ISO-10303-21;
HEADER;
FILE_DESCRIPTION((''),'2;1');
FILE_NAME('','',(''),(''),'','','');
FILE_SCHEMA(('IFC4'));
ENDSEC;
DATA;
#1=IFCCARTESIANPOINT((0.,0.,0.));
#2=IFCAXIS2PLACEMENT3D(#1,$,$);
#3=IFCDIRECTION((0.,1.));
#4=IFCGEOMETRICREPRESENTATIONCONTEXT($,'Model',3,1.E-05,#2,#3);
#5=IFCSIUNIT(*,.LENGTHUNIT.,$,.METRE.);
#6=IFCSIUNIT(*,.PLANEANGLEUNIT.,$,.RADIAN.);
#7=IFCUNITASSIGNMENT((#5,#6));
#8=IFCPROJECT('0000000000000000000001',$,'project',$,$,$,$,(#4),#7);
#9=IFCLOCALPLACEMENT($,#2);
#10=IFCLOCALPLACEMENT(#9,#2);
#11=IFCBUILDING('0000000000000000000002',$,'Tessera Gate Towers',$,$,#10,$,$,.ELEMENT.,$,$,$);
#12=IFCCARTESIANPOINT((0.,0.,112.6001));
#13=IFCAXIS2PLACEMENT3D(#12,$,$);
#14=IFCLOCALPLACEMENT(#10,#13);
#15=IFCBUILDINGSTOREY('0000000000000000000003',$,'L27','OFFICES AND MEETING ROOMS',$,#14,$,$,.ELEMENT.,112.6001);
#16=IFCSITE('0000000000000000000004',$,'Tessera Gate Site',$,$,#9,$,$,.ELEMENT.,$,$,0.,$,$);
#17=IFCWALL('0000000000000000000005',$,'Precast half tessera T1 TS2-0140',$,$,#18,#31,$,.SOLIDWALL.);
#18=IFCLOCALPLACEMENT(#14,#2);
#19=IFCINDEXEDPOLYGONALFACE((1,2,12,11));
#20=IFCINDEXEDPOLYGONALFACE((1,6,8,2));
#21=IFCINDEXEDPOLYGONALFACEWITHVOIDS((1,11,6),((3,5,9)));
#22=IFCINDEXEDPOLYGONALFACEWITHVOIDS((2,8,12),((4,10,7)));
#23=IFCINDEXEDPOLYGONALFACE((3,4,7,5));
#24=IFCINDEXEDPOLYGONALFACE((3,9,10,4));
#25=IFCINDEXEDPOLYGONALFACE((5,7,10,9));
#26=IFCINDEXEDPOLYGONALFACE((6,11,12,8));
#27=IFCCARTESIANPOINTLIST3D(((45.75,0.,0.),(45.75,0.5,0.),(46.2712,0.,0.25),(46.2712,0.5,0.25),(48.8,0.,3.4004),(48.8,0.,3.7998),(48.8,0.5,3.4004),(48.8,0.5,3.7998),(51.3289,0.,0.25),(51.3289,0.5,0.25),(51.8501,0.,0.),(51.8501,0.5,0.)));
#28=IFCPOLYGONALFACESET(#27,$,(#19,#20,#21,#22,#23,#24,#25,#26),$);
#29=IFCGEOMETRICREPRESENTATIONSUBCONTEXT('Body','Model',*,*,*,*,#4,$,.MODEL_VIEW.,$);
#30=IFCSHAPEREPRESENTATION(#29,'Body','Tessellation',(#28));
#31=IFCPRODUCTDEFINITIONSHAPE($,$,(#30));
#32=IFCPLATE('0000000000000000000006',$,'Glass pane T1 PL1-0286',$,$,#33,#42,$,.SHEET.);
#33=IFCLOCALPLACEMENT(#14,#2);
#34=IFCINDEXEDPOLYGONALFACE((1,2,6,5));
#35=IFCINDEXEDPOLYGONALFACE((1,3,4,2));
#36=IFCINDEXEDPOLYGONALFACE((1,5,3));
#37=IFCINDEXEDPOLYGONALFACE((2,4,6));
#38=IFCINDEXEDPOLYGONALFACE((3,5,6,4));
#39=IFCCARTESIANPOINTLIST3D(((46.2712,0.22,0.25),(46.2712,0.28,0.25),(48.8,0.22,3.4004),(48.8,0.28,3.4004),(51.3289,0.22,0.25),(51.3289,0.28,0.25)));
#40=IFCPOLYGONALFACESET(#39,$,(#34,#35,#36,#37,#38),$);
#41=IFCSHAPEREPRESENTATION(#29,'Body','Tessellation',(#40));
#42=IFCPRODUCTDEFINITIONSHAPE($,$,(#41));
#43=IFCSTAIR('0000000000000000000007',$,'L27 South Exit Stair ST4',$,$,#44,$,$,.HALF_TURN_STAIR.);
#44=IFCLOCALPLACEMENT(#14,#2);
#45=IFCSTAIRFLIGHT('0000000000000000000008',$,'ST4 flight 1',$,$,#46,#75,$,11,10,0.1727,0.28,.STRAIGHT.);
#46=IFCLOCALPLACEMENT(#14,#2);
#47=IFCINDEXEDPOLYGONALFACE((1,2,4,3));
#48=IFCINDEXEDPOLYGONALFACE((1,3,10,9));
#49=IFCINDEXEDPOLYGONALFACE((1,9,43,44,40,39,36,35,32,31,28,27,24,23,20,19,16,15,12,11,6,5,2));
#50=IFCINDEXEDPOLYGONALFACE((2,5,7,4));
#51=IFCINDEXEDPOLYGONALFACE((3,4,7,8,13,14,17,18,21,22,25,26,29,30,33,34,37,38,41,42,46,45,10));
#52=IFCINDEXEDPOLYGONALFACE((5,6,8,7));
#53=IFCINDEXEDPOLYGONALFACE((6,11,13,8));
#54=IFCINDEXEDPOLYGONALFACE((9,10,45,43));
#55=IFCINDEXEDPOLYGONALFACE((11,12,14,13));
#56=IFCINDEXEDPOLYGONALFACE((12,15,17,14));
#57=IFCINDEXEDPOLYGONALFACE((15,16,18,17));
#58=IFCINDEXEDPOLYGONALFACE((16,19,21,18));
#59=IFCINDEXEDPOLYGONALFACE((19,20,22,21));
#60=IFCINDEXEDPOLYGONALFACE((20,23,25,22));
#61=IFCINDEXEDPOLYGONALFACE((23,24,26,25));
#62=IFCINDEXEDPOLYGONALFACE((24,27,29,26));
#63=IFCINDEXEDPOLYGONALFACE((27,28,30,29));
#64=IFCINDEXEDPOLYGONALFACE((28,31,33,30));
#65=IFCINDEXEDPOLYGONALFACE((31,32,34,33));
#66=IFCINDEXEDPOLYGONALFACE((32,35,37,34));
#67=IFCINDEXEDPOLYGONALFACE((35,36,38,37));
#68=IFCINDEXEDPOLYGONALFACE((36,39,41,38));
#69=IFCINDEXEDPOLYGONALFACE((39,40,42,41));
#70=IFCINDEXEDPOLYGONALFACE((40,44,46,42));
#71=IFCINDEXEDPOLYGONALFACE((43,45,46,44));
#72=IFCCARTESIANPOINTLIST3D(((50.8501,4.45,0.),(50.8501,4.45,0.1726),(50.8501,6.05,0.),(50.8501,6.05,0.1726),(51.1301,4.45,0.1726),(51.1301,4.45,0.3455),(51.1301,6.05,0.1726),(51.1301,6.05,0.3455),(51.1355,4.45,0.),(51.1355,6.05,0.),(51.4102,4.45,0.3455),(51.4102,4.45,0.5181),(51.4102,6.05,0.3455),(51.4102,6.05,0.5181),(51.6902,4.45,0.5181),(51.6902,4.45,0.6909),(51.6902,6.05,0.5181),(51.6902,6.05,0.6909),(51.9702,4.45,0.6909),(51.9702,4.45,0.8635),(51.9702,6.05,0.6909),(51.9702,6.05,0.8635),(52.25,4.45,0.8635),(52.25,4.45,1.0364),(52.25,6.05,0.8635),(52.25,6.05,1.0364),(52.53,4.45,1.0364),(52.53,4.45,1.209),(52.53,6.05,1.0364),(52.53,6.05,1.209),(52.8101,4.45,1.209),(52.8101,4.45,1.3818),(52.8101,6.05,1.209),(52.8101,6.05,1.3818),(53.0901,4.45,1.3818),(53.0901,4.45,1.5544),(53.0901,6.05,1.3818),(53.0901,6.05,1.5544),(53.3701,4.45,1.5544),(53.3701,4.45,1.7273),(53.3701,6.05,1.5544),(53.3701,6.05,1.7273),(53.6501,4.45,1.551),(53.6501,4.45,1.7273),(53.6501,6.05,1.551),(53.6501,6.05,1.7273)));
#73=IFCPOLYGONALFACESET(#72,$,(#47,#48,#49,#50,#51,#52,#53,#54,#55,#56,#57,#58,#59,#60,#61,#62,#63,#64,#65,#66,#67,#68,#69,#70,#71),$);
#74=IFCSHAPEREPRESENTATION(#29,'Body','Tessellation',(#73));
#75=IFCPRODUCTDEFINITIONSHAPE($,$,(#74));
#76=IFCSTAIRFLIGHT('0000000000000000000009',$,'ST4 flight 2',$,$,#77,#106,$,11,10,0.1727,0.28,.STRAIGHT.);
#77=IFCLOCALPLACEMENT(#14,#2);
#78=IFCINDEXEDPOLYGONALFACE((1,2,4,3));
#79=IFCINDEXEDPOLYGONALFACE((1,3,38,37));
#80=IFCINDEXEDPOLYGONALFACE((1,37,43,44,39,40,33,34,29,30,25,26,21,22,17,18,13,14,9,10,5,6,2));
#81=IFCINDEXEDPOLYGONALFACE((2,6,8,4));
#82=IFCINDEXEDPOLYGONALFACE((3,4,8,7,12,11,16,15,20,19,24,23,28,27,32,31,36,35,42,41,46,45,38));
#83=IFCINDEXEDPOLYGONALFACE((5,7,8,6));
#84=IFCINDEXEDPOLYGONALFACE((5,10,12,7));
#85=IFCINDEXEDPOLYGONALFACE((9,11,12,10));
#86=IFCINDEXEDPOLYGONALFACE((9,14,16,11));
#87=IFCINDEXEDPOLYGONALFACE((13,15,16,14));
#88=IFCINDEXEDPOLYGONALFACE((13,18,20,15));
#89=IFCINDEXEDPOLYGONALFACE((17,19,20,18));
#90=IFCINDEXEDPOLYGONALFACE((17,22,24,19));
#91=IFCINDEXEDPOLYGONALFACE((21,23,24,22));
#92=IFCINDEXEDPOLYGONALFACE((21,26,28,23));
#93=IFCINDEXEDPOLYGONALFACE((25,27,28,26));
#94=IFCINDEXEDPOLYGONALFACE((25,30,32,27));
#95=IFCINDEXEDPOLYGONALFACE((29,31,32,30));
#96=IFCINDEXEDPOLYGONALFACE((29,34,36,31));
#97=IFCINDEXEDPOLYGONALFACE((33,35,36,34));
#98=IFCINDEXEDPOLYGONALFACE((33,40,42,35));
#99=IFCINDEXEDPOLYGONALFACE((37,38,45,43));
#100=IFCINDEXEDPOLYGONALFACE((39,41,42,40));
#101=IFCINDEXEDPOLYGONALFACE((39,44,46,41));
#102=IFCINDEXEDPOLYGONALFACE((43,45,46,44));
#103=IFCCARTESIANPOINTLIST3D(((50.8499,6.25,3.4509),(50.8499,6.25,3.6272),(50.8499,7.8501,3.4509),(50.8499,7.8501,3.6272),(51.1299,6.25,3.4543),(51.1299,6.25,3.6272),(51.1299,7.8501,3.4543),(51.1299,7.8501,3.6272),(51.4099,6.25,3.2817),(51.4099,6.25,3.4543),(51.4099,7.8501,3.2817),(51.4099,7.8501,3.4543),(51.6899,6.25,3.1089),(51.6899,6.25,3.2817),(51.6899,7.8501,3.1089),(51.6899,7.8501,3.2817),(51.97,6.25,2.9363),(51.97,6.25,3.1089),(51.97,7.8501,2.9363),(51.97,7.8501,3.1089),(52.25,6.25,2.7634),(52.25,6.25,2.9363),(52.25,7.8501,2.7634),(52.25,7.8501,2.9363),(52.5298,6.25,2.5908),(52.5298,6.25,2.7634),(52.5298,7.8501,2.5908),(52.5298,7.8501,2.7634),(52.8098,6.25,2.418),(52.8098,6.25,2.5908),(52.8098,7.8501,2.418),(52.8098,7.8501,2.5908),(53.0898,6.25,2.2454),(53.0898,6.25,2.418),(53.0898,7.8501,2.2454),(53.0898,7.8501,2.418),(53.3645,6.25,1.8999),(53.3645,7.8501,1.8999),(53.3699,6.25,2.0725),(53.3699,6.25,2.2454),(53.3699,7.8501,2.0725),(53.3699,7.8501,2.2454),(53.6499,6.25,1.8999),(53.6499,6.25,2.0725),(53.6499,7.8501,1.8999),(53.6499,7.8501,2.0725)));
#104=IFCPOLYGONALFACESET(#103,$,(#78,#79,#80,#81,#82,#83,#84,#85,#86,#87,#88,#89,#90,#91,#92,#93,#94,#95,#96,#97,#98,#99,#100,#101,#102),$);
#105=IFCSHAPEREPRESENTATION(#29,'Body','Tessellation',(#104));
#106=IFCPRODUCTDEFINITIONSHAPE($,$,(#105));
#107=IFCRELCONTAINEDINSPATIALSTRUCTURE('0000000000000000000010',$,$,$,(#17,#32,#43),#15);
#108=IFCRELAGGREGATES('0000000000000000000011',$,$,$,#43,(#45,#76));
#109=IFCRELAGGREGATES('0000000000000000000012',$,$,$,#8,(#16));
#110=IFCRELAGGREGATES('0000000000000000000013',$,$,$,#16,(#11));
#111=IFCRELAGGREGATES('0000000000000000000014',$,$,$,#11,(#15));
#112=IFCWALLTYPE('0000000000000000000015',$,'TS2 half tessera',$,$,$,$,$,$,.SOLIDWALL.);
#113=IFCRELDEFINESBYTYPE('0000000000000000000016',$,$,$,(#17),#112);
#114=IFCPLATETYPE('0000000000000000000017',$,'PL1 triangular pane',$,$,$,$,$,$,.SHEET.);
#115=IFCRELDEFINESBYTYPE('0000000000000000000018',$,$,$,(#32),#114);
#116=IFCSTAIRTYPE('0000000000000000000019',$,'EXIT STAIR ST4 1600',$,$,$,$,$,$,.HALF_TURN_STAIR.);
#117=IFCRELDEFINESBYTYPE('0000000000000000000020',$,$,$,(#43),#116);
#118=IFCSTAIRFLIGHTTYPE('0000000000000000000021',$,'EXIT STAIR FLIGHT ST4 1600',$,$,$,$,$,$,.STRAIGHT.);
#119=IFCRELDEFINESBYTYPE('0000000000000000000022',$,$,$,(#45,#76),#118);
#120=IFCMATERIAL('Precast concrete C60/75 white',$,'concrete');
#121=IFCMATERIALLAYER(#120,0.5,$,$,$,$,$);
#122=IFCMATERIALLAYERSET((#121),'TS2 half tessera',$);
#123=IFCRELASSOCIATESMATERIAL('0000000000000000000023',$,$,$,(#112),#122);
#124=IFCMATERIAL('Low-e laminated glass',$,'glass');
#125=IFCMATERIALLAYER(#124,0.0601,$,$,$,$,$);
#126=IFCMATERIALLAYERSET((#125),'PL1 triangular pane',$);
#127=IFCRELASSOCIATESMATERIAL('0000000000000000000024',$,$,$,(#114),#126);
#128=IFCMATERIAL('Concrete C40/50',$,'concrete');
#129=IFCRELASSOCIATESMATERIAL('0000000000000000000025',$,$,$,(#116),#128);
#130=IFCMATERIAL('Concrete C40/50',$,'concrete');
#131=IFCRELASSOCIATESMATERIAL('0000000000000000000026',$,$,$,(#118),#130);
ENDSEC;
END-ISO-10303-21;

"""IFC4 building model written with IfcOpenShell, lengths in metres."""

from ifc_helpers import new_model, si_unit, direction, frame, origin, place, context, subcontext, project, spatial, polyline, outline, extrude, source, transform, mapped, material, layer, layer_set, type_object, element, fill, aggregate, save


model = new_model("IFC4")

# Units and contexts
model_context = context("Model", 3, precision=1e-05, world=origin(), true_north=direction((0.0, 1.0)))
body_context = subcontext(model_context, "Body", "Model", "MODEL_VIEW")
ifc_project = project(units=[si_unit("LENGTHUNIT", "METRE"), si_unit("PLANEANGLEUNIT", "RADIAN")], contexts=[model_context])

# Site, building, storey
site_placement = place(None, origin())
site = spatial("IfcSite", under=ifc_project, at=site_placement, Name="Tessera Gate Site", CompositionType="ELEMENT", RefElevation=0.0)
building_placement = place(site_placement, origin())
building = spatial("IfcBuilding", under=site, at=building_placement, Name="Tessera Gate Towers", CompositionType="ELEMENT")
storey_placement = place(building_placement, frame((0.0, 0.0, 112.6001)))
storey = spatial("IfcBuildingStorey", under=building, at=storey_placement, Name="L27", Description="OFFICES AND MEETING ROOMS", CompositionType="ELEMENT", Elevation=112.6001)

# Wall, opening, plate
ifc_material_1 = material(Name="Precast concrete C60/75 white", Category="concrete")
ifc_layer_1 = layer(ifc_material_1, 0.5)
ifc_layer_set_1 = layer_set([ifc_layer_1], Name="TS2 half tessera")
wall_type_1 = type_object("IfcWallType", Name="TS2 half tessera", PredefinedType="SOLIDWALL", material=ifc_layer_set_1)
shared_shape_1 = source(origin(), body_context, "Body", "SweptSolid", [
    extrude(outline(polyline([(6.1001, 0.0), (3.05, 3.7998), (0.0, 0.0), (6.1001, 0.0)])), frame((0.0, 0.25, 0.0), z_axis=(0.0, -1.0, 0.0), x_axis=(1.0, 0.0, 0.0)), (0.0, 0.0, 1.0), 0.5),
])
wall_1_placement = place(storey_placement, frame((45.75, 0.25, 0.0), z_axis=(0.0, 0.0, 1.0), x_axis=(1.0, 0.0, 0.0)))
wall_1 = element("IfcWall", 1, at=wall_1_placement, inside=storey, type_object=wall_type_1, Name="Precast half tessera T1 TS2-0140", PredefinedType="SOLIDWALL", context=body_context, shape_type="MappedRepresentation", body=[
    mapped(shared_shape_1, transform((0.0, 0.0, 0.0), scale=1.0)),
])
shared_shape_2 = source(origin(), body_context, "Body", "SweptSolid", [
    extrude(outline(polyline([(5.5789, 0.25), (3.05, 3.4004), (0.5212, 0.25), (5.5789, 0.25)])), frame((0.0, 0.26, 0.0), z_axis=(0.0, -1.0, 0.0), x_axis=(1.0, 0.0, 0.0)), (0.0, 0.0, 1.0), 0.52),
])
opening_1_placement = place(wall_1_placement, origin())
opening_1 = element("IfcOpeningElement", 2, at=opening_1_placement, cuts=wall_1, PredefinedType="OPENING", context=body_context, shape_type="MappedRepresentation", body=[
    mapped(shared_shape_2, transform((0.0, 0.0, 0.0), scale=1.0)),
])
ifc_material_2 = material(Name="Low-e laminated glass", Category="glass")
ifc_layer_2 = layer(ifc_material_2, 0.0601)
ifc_layer_set_2 = layer_set([ifc_layer_2], Name="PL1 triangular pane")
plate_type = type_object("IfcPlateType", Name="PL1 triangular pane", PredefinedType="SHEET", material=ifc_layer_set_2)
shared_shape_3 = source(origin(), body_context, "Body", "SweptSolid", [
    extrude(outline(polyline([(5.5789, 0.25), (3.05, 3.4004), (0.5212, 0.25), (5.5789, 0.25)])), frame((0.0, 0.03, 0.0), z_axis=(0.0, -1.0, 0.0), x_axis=(1.0, 0.0, 0.0)), (0.0, 0.0, 1.0), 0.0601),
])
plate_placement = place(opening_1_placement, origin())
plate = element("IfcPlate", 3, at=plate_placement, inside=storey, type_object=plate_type, Name="Glass pane T1 PL1-0286", PredefinedType="SHEET", context=body_context, shape_type="MappedRepresentation", body=[
    mapped(shared_shape_3, transform((0.0, 0.0, 0.0), scale=1.0)),
])
fill(opening_1, plate)

# Stair, stair flights
ifc_material_3 = material(Name="Concrete C40/50", Category="concrete")
stair_type = type_object("IfcStairType", Name="EXIT STAIR ST4 1600", PredefinedType="HALF_TURN_STAIR", material=ifc_material_3)
stair_placement = place(storey_placement, origin())
stair = element("IfcStair", 4, at=stair_placement, inside=storey, type_object=stair_type, Name="L27 South Exit Stair ST4", PredefinedType="HALF_TURN_STAIR")
ifc_material_4 = material(Name="Concrete C40/50", Category="concrete")
stair_flight_type = type_object("IfcStairFlightType", Name="EXIT STAIR FLIGHT ST4 1600", PredefinedType="STRAIGHT", material=ifc_material_4)
stair_flight_1_placement = place(storey_placement, frame((50.8501, 5.25, 0.0), z_axis=(0.0, 0.0, 1.0), x_axis=(1.0, 0.0, 0.0)))
stair_flight_1 = element("IfcStairFlight", 5, at=stair_flight_1_placement, type_object=stair_flight_type, Name="ST4 flight 1", NumberOfRisers=11, NumberOfTreads=10, PredefinedType="STRAIGHT", RiserHeight=0.1727, TreadLength=0.28, context=body_context, shape_type="SweptSolid", body=[
    extrude(outline(polyline([(0.0, 0.0), (0.0, 0.1726), (0.28, 0.1726), (0.28, 0.3455), (0.5601, 0.3455), (0.5601, 0.5181), (0.8401, 0.5181), (0.8401, 0.6909), (1.1201, 0.6909), (1.1201, 0.8635), (1.3999, 0.8635), (1.3999, 1.0364), (1.6799, 1.0364), (1.6799, 1.209), (1.96, 1.209), (1.96, 1.3818), (2.24, 1.3818), (2.24, 1.5544), (2.52, 1.5544), (2.52, 1.7273), (2.8, 1.7273), (2.8, 1.8999), (2.8, 1.551), (0.2854, 0.0), (0.0, 0.0)])), frame((0.0, 0.8, 0.0), z_axis=(0.0, -1.0, 0.0), x_axis=(1.0, 0.0, 0.0)), (0.0, 0.0, 1.0), 1.6001),
])
stair_flight_2_placement = place(storey_placement, frame((53.6499, 7.05, 1.8999), z_axis=(0.0, 0.0, 1.0), x_axis=(-1.0, 0.0, 0.0)))
stair_flight_2 = element("IfcStairFlight", 6, at=stair_flight_2_placement, type_object=stair_flight_type, Name="ST4 flight 2", NumberOfRisers=11, NumberOfTreads=10, PredefinedType="STRAIGHT", RiserHeight=0.1727, TreadLength=0.28, context=body_context, shape_type="SweptSolid", body=[
    extrude(outline(polyline([(0.0, 0.0), (0.0, 0.1726), (0.28, 0.1726), (0.28, 0.3455), (0.5601, 0.3455), (0.5601, 0.5181), (0.8401, 0.5181), (0.8401, 0.6909), (1.1201, 0.6909), (1.1201, 0.8635), (1.3999, 0.8635), (1.3999, 1.0364), (1.6799, 1.0364), (1.6799, 1.209), (1.96, 1.209), (1.96, 1.3818), (2.24, 1.3818), (2.24, 1.5544), (2.52, 1.5544), (2.52, 1.7273), (2.8, 1.7273), (2.8, 1.8999), (2.8, 1.551), (0.2854, 0.0), (0.0, 0.0)])), frame((0.0, 0.8, 0.0), z_axis=(0.0, -1.0, 0.0), x_axis=(1.0, 0.0, 0.0)), (0.0, 0.0, 1.0), 1.6001),
])
aggregate(stair, [stair_flight_1, stair_flight_2])

save(model, "model.ifc")
